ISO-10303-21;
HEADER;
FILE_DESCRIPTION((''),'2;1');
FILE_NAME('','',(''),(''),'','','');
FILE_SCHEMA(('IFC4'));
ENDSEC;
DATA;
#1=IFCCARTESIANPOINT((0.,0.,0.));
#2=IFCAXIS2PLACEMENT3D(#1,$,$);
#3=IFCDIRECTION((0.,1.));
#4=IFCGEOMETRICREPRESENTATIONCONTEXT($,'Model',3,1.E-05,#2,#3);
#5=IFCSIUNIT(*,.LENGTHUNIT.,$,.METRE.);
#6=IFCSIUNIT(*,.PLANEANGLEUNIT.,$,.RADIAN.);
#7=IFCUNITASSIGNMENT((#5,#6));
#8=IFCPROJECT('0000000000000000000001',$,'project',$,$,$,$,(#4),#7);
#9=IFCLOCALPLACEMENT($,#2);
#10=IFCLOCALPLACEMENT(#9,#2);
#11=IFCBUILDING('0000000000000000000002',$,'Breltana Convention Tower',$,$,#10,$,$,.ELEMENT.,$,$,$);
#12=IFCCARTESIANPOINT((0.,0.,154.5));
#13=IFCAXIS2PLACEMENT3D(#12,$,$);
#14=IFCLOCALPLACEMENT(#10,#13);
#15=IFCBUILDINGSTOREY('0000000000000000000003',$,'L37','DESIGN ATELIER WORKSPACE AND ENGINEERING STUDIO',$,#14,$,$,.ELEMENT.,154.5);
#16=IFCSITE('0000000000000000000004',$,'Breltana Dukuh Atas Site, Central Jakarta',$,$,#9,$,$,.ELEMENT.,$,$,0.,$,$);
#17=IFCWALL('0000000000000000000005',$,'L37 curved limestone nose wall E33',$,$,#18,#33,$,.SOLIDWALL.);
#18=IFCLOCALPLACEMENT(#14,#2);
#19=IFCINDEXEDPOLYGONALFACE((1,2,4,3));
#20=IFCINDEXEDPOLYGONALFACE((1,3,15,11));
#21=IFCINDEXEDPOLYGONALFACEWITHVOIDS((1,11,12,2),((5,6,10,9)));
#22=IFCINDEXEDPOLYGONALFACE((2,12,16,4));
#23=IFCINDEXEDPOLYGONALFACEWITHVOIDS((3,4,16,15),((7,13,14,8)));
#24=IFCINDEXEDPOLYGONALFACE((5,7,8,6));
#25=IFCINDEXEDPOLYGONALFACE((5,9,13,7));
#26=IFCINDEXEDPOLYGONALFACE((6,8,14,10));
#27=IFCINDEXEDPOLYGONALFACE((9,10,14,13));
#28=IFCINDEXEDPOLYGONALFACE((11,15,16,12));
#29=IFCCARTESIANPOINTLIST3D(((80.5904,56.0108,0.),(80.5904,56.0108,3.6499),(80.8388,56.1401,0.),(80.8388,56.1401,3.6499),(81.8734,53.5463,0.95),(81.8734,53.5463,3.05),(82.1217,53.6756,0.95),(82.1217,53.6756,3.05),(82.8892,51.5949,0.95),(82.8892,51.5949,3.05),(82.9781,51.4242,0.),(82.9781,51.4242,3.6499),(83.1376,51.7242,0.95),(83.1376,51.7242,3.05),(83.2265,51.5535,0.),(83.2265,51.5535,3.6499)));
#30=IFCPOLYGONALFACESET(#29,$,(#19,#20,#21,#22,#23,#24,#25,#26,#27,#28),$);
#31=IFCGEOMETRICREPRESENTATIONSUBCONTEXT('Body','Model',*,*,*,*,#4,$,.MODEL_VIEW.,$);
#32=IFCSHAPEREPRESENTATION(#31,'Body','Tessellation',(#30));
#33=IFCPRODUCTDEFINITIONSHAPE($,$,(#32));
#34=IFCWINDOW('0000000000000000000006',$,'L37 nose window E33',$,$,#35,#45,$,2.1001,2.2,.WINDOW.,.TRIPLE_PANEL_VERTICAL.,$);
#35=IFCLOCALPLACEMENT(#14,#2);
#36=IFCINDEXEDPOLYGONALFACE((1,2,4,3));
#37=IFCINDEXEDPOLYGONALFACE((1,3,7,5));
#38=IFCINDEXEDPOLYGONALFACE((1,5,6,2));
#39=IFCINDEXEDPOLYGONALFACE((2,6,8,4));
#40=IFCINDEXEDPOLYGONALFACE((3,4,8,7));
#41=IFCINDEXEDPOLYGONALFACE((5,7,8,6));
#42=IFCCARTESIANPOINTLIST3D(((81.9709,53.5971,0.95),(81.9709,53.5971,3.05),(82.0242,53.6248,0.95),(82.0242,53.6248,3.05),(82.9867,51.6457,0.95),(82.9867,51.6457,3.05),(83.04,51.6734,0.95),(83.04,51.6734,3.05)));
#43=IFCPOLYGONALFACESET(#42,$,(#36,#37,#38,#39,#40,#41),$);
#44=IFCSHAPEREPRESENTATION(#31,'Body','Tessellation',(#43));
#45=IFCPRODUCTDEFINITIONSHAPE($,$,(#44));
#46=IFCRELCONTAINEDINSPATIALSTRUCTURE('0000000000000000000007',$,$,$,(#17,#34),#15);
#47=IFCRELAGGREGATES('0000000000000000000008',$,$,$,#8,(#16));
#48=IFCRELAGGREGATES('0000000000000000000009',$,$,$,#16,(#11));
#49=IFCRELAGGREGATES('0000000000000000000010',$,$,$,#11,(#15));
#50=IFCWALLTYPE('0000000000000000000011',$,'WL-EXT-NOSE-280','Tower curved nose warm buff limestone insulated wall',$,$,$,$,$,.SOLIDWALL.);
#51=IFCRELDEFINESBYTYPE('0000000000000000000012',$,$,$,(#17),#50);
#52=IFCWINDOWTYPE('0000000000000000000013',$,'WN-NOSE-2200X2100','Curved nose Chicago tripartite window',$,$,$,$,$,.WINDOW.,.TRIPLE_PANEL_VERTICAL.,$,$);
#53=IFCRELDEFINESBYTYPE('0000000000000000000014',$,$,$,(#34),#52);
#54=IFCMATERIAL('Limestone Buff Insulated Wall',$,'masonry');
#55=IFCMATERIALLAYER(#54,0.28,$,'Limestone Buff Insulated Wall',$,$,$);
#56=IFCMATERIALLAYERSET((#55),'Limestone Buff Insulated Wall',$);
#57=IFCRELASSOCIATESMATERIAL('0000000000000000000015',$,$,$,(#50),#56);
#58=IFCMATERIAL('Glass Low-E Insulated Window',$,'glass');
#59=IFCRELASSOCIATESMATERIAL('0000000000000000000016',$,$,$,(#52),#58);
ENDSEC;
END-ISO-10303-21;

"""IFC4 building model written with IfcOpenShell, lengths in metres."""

from ifc_helpers import new_model, si_unit, direction, frame, frame_2d, origin, place, context, subcontext, project, spatial, rectangle, extrude, source, transform, mapped, material, layer, layer_set, type_object, type_shapes, element, fill, save


model = new_model("IFC4")

# Units and contexts
model_context = context("Model", 3, precision=1e-05, world=origin(), true_north=direction((0.0, 1.0)))
body_context = subcontext(model_context, "Body", "Model", "MODEL_VIEW")
ifc_project = project(units=[si_unit("LENGTHUNIT", "METRE"), si_unit("PLANEANGLEUNIT", "RADIAN")], contexts=[model_context])

# Site, building, storey
site_placement = place(None, origin())
site = spatial("IfcSite", under=ifc_project, at=site_placement, Name="Breltana Dukuh Atas Site, Central Jakarta", CompositionType="ELEMENT", RefElevation=0.0)
building_placement = place(site_placement, origin())
building = spatial("IfcBuilding", under=site, at=building_placement, Name="Breltana Convention Tower", CompositionType="ELEMENT")
storey_placement = place(building_placement, frame((0.0, 0.0, 154.5)))
storey = spatial("IfcBuildingStorey", under=building, at=storey_placement, Name="L37", Description="DESIGN ATELIER WORKSPACE AND ENGINEERING STUDIO", CompositionType="ELEMENT", Elevation=154.5)

# Wall, opening, window
ifc_material_1 = material(Name="Limestone Buff Insulated Wall", Category="masonry")
ifc_layer_1 = layer(ifc_material_1, 0.28, Name="Limestone Buff Insulated Wall")
ifc_layer_set_1 = layer_set([ifc_layer_1], Name="Limestone Buff Insulated Wall")
wall_type = type_object("IfcWallType", Name="WL-EXT-NOSE-280", Description="Tower curved nose warm buff limestone insulated wall", PredefinedType="SOLIDWALL", material=ifc_layer_set_1)
ifc_material_2 = material(Name="Glass Low-E Insulated Window", Category="glass")
window_type = type_object("IfcWindowType", Name="WN-NOSE-2200X2100", Description="Curved nose Chicago tripartite window", PartitioningType="TRIPLE_PANEL_VERTICAL", PredefinedType="WINDOW", material=ifc_material_2)
shared_shape_1 = source(origin(), body_context, "Body", "SweptSolid", [
    extrude(rectangle(XDim=2.2, YDim=2.1001, at=frame_2d((1.1001, 1.05))), frame((0.0, 0.03, 0.0), z_axis=(0.0, -1.0, 0.0), x_axis=(1.0, 0.0, 0.0)), (0.0, 0.0, 1.0), 0.0601),
])
type_shapes(window_type, [shared_shape_1])
shared_shape_2 = source(origin(), body_context, "Body", "SweptSolid", [
    extrude(rectangle(XDim=5.1709, YDim=0.28, at=frame_2d((2.5854, 0.0))), origin(), (0.0, 0.0, 1.0), 3.6499),
])
wall_1_placement = place(storey_placement, frame((80.7146, 56.0754, 0.0), z_axis=(0.0, 0.0, 1.0), x_axis=(0.461753, -0.887009, 0.0)))
wall_1 = element("IfcWall", 1, at=wall_1_placement, inside=storey, type_object=wall_type, Name="L37 curved limestone nose wall E33", PredefinedType="SOLIDWALL", context=body_context, shape_type="MappedRepresentation", body=[
    mapped(shared_shape_2, transform((0.0, 0.0, 0.0), scale=1.0)),
])
opening_1_placement = place(wall_1_placement, frame((2.7783, 0.0, 0.95)))
opening_1 = element("IfcOpeningElement", 2, at=opening_1_placement, cuts=wall_1, PredefinedType="OPENING", context=body_context, shape_type="SweptSolid", body=[
    extrude(rectangle(XDim=2.2, YDim=2.1001, at=frame_2d((1.1001, 1.05))), frame((0.0, 0.1499, 0.0), z_axis=(0.0, -1.0, 0.0), x_axis=(1.0, 0.0, 0.0)), (0.0, 0.0, 1.0), 0.3),
])
window_1_placement = place(opening_1_placement, origin())
window_1 = element("IfcWindow", 3, at=window_1_placement, inside=storey, type_object=window_type, Name="L37 nose window E33", OverallHeight=2.1001, OverallWidth=2.2, PartitioningType="TRIPLE_PANEL_VERTICAL", PredefinedType="WINDOW", context=body_context, shape_type="MappedRepresentation", body=[
    mapped(shared_shape_1, transform((0.0, 0.0, 0.0), scale=1.0)),
])
fill(opening_1, window_1)

save(model, "model.ifc")
